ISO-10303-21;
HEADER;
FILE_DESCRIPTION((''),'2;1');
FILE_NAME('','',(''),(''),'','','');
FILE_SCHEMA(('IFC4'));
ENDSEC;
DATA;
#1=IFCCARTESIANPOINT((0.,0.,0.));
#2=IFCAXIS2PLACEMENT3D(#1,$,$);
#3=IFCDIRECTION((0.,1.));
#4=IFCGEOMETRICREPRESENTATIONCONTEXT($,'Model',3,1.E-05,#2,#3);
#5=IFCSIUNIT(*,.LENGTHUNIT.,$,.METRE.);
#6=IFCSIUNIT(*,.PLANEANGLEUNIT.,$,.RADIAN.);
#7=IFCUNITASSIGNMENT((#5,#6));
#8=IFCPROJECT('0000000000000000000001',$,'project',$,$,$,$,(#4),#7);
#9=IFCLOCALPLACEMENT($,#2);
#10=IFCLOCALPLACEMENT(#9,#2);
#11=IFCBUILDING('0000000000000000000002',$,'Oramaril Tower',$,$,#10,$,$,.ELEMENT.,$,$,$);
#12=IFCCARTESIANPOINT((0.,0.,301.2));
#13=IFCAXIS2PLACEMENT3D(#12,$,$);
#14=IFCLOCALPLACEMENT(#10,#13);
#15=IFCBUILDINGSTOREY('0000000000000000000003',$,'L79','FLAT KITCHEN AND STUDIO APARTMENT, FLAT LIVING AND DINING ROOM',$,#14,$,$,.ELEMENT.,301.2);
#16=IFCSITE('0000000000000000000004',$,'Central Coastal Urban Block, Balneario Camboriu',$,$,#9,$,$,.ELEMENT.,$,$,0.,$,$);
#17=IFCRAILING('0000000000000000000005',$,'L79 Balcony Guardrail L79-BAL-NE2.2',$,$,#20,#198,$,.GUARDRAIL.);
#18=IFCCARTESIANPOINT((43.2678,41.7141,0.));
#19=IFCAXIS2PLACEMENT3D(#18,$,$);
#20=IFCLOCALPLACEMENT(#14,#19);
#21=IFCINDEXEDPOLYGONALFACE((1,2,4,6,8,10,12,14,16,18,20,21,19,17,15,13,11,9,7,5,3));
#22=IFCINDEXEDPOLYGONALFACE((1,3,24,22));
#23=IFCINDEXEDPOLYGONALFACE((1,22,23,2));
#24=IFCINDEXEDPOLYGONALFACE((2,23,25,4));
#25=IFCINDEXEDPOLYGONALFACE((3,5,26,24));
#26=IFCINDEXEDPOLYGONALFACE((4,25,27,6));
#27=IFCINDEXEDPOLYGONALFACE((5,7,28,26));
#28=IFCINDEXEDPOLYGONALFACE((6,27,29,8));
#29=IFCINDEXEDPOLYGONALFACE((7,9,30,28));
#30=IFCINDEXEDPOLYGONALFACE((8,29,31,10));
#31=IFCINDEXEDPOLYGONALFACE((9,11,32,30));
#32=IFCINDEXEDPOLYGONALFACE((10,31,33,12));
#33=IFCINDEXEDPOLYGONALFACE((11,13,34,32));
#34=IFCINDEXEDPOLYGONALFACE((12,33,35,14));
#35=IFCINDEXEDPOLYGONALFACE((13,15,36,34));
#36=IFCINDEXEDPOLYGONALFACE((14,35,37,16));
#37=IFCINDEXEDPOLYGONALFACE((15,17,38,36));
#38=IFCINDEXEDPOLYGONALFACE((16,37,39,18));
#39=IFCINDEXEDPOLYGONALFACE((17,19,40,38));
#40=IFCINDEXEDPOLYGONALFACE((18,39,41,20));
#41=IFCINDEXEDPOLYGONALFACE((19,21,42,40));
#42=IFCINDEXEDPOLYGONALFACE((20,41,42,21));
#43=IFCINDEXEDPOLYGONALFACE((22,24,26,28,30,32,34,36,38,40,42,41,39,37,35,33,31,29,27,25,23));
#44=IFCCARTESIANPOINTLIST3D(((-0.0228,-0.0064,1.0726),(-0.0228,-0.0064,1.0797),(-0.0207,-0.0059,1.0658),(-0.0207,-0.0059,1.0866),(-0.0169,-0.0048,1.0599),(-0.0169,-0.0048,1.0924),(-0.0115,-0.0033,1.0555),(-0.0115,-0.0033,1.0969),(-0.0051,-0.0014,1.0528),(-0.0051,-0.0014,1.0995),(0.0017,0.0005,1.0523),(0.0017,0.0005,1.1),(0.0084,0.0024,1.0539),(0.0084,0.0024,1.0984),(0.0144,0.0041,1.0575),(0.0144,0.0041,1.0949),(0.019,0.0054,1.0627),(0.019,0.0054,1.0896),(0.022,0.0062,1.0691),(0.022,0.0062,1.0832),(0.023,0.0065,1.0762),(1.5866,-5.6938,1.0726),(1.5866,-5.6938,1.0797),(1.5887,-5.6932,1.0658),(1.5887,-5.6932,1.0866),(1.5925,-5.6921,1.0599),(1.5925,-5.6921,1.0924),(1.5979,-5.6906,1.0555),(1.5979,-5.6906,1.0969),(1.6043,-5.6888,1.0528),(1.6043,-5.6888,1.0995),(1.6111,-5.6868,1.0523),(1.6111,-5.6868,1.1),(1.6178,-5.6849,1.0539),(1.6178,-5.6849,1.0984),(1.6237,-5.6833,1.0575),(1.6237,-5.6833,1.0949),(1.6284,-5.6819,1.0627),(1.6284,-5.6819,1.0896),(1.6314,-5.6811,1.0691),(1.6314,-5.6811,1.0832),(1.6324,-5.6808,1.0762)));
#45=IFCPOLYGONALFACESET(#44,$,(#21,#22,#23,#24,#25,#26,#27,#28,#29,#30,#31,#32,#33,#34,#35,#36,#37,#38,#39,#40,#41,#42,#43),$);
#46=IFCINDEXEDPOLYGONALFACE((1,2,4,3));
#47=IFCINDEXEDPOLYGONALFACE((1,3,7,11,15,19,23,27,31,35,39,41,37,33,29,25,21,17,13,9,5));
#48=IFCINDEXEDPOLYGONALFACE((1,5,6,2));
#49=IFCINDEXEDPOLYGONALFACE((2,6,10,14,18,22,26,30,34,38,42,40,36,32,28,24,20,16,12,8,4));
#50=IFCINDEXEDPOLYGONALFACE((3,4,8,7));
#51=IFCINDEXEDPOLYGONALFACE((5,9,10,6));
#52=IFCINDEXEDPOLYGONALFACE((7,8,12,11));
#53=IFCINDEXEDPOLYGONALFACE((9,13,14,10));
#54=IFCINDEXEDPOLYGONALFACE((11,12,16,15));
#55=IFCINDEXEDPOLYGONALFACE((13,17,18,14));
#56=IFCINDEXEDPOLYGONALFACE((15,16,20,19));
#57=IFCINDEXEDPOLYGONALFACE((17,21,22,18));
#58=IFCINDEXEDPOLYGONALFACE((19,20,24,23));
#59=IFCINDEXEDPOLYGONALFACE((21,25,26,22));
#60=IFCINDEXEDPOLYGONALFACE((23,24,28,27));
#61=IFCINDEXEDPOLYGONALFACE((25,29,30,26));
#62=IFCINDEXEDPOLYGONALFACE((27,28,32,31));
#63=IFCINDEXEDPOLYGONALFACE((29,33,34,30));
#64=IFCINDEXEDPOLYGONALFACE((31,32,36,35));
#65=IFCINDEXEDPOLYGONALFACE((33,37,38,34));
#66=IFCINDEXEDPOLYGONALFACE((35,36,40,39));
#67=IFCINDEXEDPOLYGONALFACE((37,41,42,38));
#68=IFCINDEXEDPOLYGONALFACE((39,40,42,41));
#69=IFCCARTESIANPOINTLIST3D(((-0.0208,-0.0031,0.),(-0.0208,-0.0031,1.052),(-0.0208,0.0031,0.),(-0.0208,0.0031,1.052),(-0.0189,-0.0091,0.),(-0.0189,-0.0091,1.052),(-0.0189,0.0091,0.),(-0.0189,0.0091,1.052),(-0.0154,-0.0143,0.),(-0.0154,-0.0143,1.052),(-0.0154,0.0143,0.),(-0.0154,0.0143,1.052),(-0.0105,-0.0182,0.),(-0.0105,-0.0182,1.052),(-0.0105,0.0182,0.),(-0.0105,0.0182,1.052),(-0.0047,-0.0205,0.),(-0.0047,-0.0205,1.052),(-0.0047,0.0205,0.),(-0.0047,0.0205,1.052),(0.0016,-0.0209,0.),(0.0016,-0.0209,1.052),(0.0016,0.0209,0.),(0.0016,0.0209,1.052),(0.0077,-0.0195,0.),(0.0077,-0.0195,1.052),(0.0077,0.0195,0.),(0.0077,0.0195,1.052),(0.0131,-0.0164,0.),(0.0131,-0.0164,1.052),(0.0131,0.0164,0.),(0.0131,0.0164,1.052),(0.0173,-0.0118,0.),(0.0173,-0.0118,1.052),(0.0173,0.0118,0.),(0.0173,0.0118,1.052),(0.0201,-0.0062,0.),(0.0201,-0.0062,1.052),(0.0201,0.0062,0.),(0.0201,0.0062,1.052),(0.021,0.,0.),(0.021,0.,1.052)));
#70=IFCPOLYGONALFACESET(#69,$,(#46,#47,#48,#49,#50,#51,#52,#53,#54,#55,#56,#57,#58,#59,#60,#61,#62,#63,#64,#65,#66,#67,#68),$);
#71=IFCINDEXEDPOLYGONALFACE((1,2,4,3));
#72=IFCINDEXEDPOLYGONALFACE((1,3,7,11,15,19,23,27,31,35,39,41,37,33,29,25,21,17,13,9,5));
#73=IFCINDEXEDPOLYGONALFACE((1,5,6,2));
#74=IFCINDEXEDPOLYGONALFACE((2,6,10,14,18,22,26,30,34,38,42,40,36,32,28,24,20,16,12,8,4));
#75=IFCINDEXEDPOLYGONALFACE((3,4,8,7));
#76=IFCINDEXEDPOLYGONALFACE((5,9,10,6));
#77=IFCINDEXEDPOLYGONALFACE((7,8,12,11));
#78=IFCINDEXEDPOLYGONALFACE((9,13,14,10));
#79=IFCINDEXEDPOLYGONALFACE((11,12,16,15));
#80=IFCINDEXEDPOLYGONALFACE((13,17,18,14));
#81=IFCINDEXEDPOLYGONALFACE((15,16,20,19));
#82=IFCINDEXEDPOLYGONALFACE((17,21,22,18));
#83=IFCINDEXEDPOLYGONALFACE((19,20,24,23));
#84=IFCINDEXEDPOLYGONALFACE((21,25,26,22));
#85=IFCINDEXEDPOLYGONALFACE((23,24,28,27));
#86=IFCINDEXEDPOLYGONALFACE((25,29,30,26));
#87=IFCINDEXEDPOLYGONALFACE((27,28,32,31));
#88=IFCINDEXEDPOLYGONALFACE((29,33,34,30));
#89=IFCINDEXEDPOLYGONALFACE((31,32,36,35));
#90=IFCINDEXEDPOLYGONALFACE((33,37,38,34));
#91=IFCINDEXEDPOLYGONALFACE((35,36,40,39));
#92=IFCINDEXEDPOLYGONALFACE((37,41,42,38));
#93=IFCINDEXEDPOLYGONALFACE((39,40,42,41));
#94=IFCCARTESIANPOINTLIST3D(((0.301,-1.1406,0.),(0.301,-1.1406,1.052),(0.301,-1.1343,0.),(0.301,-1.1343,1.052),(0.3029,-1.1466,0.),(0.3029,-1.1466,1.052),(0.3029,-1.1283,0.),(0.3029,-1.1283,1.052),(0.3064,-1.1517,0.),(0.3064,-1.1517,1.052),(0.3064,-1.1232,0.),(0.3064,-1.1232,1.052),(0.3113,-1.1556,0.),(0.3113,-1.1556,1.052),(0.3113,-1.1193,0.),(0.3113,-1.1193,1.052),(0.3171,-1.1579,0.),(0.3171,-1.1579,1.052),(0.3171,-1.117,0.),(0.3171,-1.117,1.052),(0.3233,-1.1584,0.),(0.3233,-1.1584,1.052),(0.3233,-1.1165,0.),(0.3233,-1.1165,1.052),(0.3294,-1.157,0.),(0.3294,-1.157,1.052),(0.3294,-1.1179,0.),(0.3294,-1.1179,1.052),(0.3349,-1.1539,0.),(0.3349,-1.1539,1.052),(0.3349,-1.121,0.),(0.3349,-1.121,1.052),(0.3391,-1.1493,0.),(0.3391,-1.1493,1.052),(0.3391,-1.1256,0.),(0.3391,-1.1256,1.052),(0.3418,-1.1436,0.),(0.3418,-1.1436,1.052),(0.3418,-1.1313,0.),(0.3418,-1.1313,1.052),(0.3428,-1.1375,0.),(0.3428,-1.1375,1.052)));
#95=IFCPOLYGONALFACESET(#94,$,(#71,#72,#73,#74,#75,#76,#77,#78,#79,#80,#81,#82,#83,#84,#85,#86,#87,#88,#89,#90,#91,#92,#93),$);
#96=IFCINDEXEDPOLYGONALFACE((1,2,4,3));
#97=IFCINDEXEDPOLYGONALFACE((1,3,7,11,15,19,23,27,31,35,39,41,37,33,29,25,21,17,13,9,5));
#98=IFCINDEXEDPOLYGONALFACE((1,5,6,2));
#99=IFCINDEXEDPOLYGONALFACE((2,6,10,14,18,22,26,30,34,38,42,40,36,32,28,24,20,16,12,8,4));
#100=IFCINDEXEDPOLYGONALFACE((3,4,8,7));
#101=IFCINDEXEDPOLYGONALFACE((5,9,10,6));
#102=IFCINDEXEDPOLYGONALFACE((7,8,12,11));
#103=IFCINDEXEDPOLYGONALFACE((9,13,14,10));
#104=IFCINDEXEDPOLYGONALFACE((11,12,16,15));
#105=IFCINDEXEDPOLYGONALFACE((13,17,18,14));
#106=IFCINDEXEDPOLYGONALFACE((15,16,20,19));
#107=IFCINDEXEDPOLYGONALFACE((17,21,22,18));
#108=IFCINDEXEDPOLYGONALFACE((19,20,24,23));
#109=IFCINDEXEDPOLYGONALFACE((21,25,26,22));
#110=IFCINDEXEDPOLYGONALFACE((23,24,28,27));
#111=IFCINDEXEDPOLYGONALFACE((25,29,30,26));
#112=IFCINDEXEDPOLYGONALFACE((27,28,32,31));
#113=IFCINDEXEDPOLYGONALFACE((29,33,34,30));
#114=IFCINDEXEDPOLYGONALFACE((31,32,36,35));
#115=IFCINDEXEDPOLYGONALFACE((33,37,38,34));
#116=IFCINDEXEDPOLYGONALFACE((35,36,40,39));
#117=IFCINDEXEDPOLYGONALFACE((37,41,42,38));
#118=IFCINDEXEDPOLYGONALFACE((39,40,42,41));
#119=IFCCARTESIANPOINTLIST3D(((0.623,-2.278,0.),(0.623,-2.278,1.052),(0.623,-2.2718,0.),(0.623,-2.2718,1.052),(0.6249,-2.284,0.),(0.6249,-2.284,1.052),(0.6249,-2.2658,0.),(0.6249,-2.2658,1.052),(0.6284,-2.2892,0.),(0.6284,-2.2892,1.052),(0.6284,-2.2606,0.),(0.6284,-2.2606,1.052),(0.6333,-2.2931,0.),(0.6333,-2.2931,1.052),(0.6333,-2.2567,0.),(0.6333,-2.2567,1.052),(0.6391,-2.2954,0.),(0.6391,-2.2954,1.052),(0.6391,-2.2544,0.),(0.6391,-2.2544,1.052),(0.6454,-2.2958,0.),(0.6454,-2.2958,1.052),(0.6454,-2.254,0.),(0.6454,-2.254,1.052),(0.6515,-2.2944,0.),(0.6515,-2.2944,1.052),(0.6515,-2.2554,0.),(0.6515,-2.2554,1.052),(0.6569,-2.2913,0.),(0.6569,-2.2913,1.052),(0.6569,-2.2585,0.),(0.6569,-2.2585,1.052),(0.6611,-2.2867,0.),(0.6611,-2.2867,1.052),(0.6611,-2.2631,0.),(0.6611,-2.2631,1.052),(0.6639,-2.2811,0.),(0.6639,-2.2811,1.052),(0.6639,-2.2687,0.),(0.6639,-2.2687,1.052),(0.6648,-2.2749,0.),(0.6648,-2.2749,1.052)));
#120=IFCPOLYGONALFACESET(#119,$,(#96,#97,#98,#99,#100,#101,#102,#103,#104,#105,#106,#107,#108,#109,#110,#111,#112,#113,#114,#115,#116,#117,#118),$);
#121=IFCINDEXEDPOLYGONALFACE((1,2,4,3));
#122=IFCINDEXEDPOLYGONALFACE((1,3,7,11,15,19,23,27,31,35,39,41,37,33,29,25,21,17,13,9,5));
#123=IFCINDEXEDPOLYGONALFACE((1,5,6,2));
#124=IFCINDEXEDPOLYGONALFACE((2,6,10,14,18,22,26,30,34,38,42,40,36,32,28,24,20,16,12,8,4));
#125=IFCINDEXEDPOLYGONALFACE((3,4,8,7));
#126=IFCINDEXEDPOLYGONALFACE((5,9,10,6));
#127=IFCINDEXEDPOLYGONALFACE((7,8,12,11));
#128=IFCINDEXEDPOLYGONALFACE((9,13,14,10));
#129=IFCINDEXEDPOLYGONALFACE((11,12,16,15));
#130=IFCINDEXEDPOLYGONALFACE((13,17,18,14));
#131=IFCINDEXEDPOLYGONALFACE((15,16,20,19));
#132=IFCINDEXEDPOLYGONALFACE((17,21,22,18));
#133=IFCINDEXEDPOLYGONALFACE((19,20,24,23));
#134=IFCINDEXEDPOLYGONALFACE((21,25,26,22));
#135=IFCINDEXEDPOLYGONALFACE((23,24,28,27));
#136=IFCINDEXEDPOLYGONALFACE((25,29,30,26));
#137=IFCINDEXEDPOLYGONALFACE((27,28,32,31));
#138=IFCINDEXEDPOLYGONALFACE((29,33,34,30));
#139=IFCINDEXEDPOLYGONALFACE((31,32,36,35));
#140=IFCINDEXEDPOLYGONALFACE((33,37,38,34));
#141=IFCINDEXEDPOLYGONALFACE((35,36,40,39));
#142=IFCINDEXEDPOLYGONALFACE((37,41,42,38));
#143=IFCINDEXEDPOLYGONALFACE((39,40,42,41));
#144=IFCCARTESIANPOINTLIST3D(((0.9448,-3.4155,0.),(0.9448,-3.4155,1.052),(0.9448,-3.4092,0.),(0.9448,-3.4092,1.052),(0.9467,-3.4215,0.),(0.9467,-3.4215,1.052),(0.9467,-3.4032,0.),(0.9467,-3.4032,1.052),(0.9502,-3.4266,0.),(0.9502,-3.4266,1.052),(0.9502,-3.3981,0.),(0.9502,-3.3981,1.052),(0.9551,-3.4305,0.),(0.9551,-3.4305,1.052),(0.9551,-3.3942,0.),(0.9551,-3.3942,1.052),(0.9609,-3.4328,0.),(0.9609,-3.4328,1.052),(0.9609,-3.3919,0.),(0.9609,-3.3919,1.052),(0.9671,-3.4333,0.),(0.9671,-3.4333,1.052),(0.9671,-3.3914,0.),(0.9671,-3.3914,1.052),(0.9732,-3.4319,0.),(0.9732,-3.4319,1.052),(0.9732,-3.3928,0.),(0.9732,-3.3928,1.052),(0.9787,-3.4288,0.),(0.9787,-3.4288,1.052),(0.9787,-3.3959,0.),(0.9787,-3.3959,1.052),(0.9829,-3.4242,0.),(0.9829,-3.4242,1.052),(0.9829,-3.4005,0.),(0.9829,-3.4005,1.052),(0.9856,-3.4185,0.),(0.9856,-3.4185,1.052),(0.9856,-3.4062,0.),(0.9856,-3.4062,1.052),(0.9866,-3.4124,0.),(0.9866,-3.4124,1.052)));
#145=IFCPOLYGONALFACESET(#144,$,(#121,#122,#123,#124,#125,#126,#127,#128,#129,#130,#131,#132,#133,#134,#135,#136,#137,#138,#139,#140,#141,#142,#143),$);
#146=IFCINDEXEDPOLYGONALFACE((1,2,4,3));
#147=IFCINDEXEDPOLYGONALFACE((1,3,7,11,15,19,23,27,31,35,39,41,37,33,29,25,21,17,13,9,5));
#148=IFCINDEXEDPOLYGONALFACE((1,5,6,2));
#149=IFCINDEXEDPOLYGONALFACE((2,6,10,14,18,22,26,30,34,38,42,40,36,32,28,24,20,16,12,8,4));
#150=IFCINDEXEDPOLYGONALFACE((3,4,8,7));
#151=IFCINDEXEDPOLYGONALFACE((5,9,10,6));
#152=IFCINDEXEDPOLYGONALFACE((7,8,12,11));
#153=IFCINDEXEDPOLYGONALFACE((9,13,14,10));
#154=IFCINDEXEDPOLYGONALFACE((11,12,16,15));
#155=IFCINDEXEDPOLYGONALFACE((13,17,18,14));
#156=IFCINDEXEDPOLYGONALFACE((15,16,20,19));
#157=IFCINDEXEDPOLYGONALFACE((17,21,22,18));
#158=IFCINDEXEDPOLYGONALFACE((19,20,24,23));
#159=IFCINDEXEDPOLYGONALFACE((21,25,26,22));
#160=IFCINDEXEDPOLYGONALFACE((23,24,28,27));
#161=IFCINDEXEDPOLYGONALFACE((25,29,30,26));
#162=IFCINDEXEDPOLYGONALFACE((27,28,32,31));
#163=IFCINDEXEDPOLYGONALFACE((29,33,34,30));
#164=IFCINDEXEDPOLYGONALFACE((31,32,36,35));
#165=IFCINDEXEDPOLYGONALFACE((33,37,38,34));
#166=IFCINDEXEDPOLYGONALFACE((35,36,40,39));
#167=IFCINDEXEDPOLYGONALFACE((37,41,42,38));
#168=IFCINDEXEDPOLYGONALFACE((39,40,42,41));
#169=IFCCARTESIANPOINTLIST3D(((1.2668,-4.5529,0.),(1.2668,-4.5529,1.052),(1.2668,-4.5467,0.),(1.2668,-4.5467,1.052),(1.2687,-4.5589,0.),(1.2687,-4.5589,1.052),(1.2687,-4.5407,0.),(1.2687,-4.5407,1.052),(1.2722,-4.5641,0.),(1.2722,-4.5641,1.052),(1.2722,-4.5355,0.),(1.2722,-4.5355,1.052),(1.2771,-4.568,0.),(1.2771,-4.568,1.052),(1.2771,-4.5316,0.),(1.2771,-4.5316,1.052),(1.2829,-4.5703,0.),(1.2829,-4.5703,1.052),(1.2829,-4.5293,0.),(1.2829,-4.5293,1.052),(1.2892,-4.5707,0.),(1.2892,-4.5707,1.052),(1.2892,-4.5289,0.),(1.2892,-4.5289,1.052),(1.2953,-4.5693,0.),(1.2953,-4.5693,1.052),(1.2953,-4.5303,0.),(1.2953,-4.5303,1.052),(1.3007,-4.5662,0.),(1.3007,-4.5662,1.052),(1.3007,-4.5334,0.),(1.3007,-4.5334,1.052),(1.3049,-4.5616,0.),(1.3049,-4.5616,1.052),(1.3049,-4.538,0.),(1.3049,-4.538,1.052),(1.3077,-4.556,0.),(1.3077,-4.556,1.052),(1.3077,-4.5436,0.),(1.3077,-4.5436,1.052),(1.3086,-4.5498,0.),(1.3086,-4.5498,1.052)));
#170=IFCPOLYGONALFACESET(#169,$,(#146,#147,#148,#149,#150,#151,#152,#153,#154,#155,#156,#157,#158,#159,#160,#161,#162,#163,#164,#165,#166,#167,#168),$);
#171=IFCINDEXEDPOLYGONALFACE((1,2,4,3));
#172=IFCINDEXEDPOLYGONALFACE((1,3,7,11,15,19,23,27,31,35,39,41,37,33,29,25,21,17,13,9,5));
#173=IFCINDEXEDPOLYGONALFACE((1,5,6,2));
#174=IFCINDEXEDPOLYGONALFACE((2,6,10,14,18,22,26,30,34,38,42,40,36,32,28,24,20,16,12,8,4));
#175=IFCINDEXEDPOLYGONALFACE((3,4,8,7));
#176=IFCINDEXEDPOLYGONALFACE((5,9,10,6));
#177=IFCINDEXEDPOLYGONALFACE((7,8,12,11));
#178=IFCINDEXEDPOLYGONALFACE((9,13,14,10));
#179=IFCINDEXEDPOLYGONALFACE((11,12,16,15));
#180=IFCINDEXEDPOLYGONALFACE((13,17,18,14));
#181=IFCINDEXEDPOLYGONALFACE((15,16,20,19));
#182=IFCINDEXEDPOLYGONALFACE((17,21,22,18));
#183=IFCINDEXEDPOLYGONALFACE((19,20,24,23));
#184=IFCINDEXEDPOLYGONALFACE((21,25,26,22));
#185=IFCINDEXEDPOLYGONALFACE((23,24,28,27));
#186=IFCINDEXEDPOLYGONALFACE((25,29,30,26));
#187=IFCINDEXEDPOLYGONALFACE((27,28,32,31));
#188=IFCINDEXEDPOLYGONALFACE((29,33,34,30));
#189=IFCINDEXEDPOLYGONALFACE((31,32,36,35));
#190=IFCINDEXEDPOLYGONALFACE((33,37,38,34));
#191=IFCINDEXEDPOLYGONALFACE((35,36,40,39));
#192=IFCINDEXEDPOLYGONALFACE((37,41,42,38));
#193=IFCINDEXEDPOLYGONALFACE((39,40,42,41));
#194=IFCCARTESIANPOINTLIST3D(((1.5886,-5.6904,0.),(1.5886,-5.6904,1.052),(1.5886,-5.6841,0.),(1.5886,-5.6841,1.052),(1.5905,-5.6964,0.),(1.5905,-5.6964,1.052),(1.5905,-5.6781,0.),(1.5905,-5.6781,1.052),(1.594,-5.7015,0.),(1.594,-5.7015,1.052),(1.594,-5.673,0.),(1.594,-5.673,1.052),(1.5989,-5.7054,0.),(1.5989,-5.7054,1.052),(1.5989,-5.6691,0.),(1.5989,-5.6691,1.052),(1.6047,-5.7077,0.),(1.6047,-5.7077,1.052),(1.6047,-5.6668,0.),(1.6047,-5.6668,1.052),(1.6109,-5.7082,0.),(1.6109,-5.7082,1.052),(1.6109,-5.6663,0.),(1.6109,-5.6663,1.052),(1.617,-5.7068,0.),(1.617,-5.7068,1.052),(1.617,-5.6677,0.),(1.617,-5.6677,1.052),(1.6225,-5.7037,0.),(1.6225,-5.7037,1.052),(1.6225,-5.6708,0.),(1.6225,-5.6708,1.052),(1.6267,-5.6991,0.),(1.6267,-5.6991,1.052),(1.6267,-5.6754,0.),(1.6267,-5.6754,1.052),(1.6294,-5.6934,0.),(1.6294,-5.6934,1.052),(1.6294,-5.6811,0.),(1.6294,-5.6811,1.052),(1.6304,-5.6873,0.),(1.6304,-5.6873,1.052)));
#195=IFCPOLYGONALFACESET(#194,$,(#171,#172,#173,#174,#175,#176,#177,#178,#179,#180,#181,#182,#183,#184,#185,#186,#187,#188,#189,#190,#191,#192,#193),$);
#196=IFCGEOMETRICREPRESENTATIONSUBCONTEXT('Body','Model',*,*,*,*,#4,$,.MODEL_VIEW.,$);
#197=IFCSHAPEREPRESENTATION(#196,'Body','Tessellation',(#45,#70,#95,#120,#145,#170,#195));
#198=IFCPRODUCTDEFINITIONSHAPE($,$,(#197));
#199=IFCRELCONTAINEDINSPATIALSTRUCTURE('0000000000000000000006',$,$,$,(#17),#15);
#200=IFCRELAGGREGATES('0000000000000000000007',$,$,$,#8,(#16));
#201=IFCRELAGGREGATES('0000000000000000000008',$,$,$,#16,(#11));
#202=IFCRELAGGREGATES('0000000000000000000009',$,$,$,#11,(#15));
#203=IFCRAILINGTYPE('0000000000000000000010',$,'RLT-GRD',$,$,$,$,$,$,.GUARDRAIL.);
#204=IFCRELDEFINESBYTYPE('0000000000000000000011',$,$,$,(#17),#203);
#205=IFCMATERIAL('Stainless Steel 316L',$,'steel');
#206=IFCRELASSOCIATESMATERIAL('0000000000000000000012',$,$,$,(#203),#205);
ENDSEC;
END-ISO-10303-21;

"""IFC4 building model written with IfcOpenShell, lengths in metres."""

from ifc_helpers import new_model, si_unit, direction, frame, origin, origin_2d, place, context, subcontext, project, spatial, circle, extrude, material, type_object, element, save


model = new_model("IFC4")

# Units and contexts
model_context = context("Model", 3, precision=1e-05, world=origin(), true_north=direction((0.0, 1.0)))
body_context = subcontext(model_context, "Body", "Model", "MODEL_VIEW")
ifc_project = project(units=[si_unit("LENGTHUNIT", "METRE"), si_unit("PLANEANGLEUNIT", "RADIAN")], contexts=[model_context])

# Site, building, storey
site_placement = place(None, origin())
site = spatial("IfcSite", under=ifc_project, at=site_placement, Name="Central Coastal Urban Block, Balneario Camboriu", CompositionType="ELEMENT", RefElevation=0.0)
building_placement = place(site_placement, origin())
building = spatial("IfcBuilding", under=site, at=building_placement, Name="Oramaril Tower", CompositionType="ELEMENT")
storey_placement = place(building_placement, frame((0.0, 0.0, 301.2)))
storey = spatial("IfcBuildingStorey", under=building, at=storey_placement, Name="L79", Description="FLAT KITCHEN AND STUDIO APARTMENT, FLAT LIVING AND DINING ROOM", CompositionType="ELEMENT", Elevation=301.2)

# Railing
ifc_material_1 = material(Name="Stainless Steel 316L", Category="steel")
railing_type = type_object("IfcRailingType", Name="RLT-GRD", PredefinedType="GUARDRAIL", material=ifc_material_1)
railing_1_placement = place(storey_placement, frame((43.2678, 41.7141, 0.0)))
element("IfcRailing", 1, at=railing_1_placement, inside=storey, type_object=railing_type, Name="L79 Balcony Guardrail L79-BAL-NE2.2", PredefinedType="GUARDRAIL", context=body_context, shape_type="SweptSolid", body=[
    extrude(circle(Radius=0.0239, at=origin_2d()), frame((0.0, 0.0, 1.0762), z_axis=(0.272287, -0.962216, 0.0), x_axis=(0.962216, 0.272287, 0.0)), (0.0, 0.0, 1.0), 5.9106),
    extrude(circle(Radius=0.021, at=origin_2d()), origin(), (0.0, 0.0, 1.0), 1.052),
    extrude(circle(Radius=0.021, at=origin_2d()), frame((0.3218, -1.1375, 0.0)), (0.0, 0.0, 1.0), 1.052),
    extrude(circle(Radius=0.021, at=origin_2d()), frame((0.6438, -2.2749, 0.0)), (0.0, 0.0, 1.0), 1.052),
    extrude(circle(Radius=0.021, at=origin_2d()), frame((0.9656, -3.4124, 0.0)), (0.0, 0.0, 1.0), 1.052),
    extrude(circle(Radius=0.021, at=origin_2d()), frame((1.2876, -4.5498, 0.0)), (0.0, 0.0, 1.0), 1.052),
    extrude(circle(Radius=0.021, at=origin_2d()), frame((1.6094, -5.6873, 0.0)), (0.0, 0.0, 1.0), 1.052),
])

save(model, "model.ifc")
